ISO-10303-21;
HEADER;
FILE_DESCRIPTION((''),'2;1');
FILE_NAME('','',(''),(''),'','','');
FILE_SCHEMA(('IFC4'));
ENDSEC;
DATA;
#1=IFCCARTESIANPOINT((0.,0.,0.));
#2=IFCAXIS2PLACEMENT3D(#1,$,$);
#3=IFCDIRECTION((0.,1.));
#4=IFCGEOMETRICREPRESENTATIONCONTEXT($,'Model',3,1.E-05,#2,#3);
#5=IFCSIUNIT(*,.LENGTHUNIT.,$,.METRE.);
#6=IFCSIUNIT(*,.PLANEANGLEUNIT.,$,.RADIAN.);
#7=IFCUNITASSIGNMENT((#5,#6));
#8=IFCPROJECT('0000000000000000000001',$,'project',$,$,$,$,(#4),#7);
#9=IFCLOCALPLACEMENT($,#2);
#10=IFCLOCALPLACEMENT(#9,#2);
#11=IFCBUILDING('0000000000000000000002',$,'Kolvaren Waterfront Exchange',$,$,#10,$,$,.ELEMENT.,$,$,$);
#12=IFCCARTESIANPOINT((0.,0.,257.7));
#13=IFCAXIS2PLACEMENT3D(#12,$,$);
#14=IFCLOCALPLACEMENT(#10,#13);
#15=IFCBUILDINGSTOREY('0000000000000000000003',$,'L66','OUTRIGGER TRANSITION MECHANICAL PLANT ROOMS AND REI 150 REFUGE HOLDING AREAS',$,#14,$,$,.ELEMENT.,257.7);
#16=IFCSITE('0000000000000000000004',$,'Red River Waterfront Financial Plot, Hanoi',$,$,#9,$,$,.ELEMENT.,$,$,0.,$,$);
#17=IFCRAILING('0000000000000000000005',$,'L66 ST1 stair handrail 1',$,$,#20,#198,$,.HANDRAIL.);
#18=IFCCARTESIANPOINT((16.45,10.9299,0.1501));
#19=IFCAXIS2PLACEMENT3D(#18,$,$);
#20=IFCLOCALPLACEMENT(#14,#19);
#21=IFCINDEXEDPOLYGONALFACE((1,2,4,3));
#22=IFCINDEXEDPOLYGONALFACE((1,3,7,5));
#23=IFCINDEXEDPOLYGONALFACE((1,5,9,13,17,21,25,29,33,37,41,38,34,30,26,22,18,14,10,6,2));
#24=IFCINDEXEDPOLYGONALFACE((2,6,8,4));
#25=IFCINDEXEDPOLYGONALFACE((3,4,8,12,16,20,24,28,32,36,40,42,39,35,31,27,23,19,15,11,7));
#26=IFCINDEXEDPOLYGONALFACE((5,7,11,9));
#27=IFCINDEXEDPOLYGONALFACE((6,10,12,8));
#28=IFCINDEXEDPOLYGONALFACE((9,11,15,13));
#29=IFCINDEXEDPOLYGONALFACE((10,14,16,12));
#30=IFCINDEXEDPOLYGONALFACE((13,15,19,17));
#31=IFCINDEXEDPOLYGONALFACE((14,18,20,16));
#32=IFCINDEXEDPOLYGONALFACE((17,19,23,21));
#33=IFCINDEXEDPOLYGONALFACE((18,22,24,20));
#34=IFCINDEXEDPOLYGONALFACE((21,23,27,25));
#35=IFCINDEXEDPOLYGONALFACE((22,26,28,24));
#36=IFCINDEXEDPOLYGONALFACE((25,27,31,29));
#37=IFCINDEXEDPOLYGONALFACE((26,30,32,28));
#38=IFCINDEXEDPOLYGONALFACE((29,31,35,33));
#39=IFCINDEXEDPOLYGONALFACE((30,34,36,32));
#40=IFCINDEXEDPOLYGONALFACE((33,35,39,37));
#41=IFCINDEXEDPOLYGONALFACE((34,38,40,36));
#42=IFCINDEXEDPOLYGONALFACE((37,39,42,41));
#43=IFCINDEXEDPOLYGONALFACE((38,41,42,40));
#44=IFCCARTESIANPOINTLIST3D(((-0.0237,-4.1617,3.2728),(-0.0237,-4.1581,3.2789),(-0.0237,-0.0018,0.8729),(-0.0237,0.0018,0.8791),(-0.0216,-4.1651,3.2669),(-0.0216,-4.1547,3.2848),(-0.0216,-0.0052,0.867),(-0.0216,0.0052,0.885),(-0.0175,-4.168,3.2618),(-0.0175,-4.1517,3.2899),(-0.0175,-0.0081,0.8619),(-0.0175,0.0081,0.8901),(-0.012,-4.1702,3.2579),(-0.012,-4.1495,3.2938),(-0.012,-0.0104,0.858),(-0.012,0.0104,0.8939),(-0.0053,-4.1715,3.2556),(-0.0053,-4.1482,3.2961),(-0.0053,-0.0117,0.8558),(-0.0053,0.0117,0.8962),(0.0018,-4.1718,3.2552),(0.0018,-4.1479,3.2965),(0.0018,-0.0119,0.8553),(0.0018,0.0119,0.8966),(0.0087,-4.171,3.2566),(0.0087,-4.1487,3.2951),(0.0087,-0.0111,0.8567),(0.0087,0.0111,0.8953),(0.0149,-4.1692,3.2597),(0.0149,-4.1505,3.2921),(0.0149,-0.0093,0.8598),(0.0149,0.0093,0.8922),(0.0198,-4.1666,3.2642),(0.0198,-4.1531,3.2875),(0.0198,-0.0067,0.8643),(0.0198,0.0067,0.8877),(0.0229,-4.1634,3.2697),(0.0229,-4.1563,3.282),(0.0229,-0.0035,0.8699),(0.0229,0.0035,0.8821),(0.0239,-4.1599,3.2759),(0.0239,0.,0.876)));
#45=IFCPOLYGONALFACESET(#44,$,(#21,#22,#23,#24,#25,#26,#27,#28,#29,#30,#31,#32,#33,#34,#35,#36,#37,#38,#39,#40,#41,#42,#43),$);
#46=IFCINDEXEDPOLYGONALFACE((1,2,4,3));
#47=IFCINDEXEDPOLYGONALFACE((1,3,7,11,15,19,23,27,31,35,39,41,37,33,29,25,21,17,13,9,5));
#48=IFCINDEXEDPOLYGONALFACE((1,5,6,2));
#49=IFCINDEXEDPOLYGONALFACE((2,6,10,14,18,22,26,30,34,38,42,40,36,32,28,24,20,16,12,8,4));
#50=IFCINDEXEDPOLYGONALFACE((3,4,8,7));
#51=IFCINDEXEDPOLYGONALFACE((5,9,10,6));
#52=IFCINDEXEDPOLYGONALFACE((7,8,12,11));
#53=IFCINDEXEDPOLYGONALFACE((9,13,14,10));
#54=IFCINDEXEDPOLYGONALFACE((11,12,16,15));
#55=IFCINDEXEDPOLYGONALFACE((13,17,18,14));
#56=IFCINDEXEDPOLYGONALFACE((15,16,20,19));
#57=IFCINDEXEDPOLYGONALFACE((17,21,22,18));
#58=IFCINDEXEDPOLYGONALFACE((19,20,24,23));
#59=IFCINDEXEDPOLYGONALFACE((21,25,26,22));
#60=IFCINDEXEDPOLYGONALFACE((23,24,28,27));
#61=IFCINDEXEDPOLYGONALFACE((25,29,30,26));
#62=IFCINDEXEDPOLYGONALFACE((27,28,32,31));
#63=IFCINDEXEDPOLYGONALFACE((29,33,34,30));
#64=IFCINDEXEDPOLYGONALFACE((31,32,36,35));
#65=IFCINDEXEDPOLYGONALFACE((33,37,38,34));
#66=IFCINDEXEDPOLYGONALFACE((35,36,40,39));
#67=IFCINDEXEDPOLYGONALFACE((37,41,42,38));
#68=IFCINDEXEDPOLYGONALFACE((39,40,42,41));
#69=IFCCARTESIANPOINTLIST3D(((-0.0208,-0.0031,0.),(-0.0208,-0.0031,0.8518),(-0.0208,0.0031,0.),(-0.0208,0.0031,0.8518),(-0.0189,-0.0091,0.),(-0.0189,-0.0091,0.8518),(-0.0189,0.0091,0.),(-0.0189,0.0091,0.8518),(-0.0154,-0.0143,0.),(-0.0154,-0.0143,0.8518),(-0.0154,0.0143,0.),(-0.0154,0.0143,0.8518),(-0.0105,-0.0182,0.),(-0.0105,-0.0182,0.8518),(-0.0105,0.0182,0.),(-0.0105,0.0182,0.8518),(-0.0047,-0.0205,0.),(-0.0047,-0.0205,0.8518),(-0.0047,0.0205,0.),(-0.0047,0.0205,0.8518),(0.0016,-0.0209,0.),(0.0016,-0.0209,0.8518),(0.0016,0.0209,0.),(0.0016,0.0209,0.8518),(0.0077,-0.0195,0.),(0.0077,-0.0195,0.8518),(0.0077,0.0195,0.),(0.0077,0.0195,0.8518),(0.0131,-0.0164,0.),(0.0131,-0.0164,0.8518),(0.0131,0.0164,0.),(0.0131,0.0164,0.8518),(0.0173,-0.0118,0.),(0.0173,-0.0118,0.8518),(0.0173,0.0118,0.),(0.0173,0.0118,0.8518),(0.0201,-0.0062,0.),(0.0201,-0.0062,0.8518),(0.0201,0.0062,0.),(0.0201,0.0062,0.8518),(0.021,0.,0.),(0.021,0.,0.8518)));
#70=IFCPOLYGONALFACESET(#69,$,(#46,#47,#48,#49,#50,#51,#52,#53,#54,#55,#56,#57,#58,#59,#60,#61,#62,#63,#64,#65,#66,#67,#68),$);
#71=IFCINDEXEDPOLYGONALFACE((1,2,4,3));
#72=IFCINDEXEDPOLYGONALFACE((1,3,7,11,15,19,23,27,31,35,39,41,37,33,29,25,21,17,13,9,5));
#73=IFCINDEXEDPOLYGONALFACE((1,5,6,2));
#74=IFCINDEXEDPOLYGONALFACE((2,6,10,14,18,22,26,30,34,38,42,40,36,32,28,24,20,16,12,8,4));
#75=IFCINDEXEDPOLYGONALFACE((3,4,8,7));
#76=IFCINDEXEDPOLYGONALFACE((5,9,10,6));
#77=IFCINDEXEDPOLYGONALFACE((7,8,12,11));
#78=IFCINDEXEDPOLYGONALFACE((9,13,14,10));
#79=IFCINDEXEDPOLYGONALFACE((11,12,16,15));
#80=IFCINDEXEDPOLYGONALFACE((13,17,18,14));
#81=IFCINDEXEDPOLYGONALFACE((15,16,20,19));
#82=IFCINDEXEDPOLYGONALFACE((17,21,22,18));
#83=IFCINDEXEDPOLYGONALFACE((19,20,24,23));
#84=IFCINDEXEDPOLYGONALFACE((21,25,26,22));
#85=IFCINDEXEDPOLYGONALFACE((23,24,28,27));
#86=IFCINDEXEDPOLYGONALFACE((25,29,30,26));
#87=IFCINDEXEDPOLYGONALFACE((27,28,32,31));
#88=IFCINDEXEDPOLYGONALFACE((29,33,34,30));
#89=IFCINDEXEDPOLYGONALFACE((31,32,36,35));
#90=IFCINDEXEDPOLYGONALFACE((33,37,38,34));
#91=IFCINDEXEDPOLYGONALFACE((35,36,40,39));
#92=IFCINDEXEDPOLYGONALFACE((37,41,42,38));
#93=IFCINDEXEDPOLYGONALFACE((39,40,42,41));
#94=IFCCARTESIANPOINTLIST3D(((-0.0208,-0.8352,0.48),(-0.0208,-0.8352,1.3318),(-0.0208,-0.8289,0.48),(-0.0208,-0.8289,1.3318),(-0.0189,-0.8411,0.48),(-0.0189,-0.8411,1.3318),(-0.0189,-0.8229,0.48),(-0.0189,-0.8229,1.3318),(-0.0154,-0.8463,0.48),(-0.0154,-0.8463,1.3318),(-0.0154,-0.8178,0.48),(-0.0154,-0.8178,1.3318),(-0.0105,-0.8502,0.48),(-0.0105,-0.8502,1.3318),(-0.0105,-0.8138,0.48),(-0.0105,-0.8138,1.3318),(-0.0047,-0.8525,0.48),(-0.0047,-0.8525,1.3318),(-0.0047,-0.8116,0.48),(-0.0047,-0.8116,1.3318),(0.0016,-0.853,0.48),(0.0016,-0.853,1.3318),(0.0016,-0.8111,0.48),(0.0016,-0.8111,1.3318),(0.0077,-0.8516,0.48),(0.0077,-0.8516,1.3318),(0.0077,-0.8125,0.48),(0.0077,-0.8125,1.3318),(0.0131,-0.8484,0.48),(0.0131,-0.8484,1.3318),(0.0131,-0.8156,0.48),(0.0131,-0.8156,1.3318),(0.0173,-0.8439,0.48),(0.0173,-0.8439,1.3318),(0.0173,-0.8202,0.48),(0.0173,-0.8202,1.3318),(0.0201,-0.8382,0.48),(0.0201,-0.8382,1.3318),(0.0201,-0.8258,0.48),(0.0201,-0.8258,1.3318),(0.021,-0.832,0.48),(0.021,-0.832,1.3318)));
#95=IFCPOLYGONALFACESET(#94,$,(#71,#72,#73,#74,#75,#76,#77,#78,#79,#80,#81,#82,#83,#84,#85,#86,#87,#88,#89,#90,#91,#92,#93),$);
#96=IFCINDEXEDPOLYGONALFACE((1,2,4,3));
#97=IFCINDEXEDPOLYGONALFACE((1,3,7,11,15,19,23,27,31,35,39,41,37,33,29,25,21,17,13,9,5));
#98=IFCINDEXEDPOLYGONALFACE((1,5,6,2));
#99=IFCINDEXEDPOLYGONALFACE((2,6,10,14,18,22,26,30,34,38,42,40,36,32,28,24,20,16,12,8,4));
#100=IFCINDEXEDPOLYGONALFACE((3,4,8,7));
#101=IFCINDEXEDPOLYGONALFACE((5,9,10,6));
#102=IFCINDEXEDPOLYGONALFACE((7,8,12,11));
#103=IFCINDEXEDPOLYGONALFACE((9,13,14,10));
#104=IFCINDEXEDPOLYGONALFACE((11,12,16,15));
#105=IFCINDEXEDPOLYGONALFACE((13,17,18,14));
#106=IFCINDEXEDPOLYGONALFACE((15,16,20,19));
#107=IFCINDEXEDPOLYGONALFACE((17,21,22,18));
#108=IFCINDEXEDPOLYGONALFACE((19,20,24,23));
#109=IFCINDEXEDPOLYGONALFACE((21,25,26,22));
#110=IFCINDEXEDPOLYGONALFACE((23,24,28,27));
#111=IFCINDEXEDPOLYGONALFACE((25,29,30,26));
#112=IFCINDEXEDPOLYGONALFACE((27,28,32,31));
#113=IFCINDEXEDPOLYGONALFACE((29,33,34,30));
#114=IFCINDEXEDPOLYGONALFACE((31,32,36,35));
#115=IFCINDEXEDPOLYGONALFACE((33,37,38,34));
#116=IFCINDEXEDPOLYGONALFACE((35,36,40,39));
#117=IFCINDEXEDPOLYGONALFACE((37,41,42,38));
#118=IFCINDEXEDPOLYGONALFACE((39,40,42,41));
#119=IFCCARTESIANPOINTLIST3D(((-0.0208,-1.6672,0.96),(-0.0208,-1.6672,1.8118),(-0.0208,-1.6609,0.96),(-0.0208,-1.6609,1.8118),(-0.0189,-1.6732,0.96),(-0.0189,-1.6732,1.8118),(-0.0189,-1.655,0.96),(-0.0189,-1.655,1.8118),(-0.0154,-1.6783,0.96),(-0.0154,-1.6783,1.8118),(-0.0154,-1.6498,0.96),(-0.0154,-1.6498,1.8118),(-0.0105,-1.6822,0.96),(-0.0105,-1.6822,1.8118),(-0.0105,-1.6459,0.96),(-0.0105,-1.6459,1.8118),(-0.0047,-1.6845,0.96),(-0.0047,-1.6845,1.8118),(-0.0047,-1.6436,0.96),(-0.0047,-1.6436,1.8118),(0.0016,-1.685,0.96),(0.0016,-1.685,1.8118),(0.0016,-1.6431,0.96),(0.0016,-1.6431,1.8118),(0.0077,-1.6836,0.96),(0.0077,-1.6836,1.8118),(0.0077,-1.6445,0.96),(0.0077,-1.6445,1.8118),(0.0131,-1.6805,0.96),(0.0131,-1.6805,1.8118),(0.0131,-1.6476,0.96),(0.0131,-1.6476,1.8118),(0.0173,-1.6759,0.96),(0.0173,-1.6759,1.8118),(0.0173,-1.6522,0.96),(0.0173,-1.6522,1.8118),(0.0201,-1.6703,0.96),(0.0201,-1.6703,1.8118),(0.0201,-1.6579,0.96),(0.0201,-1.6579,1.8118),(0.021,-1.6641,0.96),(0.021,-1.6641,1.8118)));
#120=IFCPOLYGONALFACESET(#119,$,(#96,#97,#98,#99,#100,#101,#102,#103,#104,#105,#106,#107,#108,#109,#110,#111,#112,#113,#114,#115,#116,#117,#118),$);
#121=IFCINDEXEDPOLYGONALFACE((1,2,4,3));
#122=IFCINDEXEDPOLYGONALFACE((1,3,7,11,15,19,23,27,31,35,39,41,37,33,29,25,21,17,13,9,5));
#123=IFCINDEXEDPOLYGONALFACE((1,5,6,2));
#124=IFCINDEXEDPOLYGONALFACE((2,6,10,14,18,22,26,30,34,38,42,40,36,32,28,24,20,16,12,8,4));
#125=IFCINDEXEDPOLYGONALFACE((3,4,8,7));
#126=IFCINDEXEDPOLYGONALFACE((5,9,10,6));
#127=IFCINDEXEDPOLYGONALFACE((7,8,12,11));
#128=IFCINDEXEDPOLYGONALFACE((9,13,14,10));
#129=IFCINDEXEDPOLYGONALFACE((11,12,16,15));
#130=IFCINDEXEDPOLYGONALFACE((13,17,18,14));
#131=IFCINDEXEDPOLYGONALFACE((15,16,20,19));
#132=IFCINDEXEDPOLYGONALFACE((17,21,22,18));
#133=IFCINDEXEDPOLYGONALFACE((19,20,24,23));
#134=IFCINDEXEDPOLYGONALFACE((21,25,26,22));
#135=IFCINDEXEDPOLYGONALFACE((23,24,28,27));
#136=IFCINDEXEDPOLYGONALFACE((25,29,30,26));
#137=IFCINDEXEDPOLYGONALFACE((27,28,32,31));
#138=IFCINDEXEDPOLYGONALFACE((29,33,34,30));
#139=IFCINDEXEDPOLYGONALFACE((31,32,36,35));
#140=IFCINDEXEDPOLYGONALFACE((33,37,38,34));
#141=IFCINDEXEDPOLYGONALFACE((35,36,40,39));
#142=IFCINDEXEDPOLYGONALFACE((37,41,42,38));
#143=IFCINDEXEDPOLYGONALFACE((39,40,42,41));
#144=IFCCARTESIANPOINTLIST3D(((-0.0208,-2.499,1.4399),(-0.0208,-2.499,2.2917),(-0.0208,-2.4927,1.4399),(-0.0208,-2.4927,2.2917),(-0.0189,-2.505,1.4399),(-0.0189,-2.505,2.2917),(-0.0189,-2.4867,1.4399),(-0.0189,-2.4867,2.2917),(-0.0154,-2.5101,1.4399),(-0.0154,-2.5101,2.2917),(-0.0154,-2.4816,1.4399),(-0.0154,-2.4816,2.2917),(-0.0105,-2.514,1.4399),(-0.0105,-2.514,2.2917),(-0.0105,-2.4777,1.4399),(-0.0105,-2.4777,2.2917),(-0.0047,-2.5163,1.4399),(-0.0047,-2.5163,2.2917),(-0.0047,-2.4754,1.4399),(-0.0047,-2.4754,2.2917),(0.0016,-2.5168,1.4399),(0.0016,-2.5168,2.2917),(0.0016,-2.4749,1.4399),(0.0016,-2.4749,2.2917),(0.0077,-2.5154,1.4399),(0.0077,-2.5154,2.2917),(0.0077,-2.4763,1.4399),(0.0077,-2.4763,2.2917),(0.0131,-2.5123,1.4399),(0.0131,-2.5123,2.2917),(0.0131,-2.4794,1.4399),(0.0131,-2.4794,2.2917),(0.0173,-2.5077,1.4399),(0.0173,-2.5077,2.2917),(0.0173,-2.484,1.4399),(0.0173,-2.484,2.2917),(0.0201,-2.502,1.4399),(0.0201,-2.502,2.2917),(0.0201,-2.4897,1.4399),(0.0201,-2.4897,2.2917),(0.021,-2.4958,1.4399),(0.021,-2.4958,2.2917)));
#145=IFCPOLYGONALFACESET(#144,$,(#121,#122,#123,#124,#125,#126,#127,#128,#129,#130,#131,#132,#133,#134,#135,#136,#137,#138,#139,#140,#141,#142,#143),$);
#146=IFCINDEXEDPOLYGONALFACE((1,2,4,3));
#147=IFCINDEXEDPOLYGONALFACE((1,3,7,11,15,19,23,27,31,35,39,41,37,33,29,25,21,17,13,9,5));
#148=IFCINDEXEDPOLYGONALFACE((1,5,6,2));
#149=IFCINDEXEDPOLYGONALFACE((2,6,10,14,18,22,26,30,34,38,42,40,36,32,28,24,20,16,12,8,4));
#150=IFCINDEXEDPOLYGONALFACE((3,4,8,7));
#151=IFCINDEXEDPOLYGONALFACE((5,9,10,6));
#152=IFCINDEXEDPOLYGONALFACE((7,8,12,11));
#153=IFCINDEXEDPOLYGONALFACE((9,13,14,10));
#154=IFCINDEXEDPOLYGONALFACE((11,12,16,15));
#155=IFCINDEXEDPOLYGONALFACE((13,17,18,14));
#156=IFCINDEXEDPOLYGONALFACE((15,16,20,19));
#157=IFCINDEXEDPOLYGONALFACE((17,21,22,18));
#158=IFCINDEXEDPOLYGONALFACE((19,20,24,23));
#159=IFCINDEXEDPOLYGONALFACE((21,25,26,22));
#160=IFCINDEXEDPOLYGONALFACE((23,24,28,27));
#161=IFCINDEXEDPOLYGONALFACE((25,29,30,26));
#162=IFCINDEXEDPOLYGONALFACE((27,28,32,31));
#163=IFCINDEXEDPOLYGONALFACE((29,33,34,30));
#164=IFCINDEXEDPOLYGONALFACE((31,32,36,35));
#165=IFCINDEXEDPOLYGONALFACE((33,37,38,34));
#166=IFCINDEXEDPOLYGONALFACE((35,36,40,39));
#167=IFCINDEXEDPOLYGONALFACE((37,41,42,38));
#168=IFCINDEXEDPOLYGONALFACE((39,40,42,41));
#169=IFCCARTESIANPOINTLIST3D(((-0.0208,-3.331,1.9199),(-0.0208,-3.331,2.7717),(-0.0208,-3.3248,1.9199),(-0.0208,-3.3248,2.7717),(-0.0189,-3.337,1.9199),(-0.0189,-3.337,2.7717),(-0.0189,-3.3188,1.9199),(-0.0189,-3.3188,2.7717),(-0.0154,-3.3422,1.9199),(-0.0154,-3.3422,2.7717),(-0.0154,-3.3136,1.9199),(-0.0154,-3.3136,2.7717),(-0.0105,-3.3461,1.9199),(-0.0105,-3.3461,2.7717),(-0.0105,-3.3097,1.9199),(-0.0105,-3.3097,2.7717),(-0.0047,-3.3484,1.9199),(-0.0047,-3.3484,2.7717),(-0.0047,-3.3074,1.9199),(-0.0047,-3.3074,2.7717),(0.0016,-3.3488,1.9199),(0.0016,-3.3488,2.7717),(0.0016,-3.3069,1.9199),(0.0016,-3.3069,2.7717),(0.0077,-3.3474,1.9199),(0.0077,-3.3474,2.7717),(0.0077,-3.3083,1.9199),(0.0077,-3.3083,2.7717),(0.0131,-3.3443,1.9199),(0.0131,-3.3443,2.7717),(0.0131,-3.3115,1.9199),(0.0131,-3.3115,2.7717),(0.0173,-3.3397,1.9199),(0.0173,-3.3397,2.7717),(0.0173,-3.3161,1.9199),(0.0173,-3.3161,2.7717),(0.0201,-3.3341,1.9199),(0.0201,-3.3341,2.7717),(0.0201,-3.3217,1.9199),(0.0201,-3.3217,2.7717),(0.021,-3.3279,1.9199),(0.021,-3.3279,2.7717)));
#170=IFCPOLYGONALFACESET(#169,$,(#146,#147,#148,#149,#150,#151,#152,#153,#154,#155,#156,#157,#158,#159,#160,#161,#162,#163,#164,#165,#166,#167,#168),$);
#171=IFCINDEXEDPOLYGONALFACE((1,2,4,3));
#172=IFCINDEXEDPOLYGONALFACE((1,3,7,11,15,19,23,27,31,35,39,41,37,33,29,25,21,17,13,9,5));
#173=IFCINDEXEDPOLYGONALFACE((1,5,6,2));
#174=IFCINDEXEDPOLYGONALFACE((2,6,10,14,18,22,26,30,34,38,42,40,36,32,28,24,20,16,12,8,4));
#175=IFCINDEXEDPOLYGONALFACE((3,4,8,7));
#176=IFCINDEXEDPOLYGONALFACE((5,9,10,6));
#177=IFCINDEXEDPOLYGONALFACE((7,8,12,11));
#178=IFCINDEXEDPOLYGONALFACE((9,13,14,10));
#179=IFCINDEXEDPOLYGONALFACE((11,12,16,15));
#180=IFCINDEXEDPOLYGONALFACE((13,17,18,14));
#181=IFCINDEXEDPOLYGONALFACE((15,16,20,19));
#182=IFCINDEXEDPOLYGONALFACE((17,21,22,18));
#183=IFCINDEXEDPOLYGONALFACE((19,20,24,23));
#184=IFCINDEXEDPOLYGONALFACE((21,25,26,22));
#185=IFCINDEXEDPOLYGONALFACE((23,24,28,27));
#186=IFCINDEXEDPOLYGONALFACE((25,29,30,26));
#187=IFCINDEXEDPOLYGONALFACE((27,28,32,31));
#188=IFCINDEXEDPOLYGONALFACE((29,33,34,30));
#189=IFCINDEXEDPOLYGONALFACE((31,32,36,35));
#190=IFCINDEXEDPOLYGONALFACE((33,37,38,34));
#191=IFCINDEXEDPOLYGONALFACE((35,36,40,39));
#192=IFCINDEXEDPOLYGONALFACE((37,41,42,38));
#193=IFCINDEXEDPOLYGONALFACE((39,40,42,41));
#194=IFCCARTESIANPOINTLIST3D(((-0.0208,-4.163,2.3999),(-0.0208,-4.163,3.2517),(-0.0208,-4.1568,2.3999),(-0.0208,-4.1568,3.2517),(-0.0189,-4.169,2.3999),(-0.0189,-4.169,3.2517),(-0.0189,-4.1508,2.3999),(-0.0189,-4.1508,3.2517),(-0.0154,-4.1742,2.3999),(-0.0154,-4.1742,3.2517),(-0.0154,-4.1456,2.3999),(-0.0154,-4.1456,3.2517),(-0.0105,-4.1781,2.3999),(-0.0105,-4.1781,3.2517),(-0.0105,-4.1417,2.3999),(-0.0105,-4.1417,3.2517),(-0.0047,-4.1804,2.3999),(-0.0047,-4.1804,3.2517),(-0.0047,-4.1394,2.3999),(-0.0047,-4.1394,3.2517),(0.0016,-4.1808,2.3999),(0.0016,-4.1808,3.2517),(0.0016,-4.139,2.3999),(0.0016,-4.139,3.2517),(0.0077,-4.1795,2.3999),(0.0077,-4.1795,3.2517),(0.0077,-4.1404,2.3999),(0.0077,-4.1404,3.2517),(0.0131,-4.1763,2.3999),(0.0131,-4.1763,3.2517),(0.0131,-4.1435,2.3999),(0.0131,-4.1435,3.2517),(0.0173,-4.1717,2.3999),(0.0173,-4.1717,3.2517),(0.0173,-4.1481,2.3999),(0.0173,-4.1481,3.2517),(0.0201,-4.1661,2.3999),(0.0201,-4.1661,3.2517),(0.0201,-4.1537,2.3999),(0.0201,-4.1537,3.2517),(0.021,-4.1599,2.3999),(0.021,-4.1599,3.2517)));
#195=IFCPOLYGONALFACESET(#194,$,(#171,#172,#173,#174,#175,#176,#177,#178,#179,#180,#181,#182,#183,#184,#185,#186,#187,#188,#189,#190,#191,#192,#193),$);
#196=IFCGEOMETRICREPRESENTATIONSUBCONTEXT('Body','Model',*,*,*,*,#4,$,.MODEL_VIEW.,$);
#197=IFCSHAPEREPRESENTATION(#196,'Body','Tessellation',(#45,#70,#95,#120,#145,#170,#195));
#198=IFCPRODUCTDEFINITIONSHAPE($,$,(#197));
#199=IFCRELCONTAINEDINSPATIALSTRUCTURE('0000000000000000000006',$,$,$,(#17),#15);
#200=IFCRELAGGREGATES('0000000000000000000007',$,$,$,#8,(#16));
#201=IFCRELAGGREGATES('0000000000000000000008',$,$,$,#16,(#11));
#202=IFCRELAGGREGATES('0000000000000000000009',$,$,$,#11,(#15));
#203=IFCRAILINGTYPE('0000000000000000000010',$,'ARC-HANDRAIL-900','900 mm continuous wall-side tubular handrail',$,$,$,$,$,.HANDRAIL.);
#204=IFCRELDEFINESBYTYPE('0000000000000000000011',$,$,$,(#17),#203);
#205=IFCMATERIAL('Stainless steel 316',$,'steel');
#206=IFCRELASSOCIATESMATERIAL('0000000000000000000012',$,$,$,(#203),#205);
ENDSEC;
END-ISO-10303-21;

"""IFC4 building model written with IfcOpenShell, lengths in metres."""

from ifc_helpers import new_model, si_unit, direction, frame, origin, origin_2d, place, context, subcontext, project, spatial, circle, extrude, material, type_object, element, save


model = new_model("IFC4")

# Units and contexts
model_context = context("Model", 3, precision=1e-05, world=origin(), true_north=direction((0.0, 1.0)))
body_context = subcontext(model_context, "Body", "Model", "MODEL_VIEW")
ifc_project = project(units=[si_unit("LENGTHUNIT", "METRE"), si_unit("PLANEANGLEUNIT", "RADIAN")], contexts=[model_context])

# Site, building, storey
site_placement = place(None, origin())
site = spatial("IfcSite", under=ifc_project, at=site_placement, Name="Red River Waterfront Financial Plot, Hanoi", CompositionType="ELEMENT", RefElevation=0.0)
building_placement = place(site_placement, origin())
building = spatial("IfcBuilding", under=site, at=building_placement, Name="Kolvaren Waterfront Exchange", CompositionType="ELEMENT")
storey_placement = place(building_placement, frame((0.0, 0.0, 257.7)))
storey = spatial("IfcBuildingStorey", under=building, at=storey_placement, Name="L66", Description="OUTRIGGER TRANSITION MECHANICAL PLANT ROOMS AND REI 150 REFUGE HOLDING AREAS", CompositionType="ELEMENT", Elevation=257.7)

# Railing
ifc_material_1 = material(Name="Stainless steel 316", Category="steel")
railing_type_1 = type_object("IfcRailingType", Name="ARC-HANDRAIL-900", Description="900 mm continuous wall-side tubular handrail", PredefinedType="HANDRAIL", material=ifc_material_1)
railing_1_placement = place(storey_placement, frame((16.45, 10.9299, 0.1501)))
element("IfcRailing", 1, at=railing_1_placement, inside=storey, type_object=railing_type_1, Name="L66 ST1 stair handrail 1", PredefinedType="HANDRAIL", context=body_context, shape_type="SweptSolid", body=[
    extrude(circle(Radius=0.0239, at=origin_2d()), frame((0.0, 0.0, 0.876), z_axis=(0.0, -0.86619, 0.499715), x_axis=(1.0, 0.0, 0.0)), (0.0, 0.0, 1.0), 4.8025),
    extrude(circle(Radius=0.021, at=origin_2d()), origin(), (0.0, 0.0, 1.0), 0.8518),
    extrude(circle(Radius=0.021, at=origin_2d()), frame((0.0, -0.832, 0.48)), (0.0, 0.0, 1.0), 0.8518),
    extrude(circle(Radius=0.021, at=origin_2d()), frame((0.0, -1.6641, 0.96)), (0.0, 0.0, 1.0), 0.8518),
    extrude(circle(Radius=0.021, at=origin_2d()), frame((0.0, -2.4958, 1.4399)), (0.0, 0.0, 1.0), 0.8518),
    extrude(circle(Radius=0.021, at=origin_2d()), frame((0.0, -3.3279, 1.9199)), (0.0, 0.0, 1.0), 0.8518),
    extrude(circle(Radius=0.021, at=origin_2d()), frame((0.0, -4.1599, 2.3999)), (0.0, 0.0, 1.0), 0.8518),
])

save(model, "model.ifc")
